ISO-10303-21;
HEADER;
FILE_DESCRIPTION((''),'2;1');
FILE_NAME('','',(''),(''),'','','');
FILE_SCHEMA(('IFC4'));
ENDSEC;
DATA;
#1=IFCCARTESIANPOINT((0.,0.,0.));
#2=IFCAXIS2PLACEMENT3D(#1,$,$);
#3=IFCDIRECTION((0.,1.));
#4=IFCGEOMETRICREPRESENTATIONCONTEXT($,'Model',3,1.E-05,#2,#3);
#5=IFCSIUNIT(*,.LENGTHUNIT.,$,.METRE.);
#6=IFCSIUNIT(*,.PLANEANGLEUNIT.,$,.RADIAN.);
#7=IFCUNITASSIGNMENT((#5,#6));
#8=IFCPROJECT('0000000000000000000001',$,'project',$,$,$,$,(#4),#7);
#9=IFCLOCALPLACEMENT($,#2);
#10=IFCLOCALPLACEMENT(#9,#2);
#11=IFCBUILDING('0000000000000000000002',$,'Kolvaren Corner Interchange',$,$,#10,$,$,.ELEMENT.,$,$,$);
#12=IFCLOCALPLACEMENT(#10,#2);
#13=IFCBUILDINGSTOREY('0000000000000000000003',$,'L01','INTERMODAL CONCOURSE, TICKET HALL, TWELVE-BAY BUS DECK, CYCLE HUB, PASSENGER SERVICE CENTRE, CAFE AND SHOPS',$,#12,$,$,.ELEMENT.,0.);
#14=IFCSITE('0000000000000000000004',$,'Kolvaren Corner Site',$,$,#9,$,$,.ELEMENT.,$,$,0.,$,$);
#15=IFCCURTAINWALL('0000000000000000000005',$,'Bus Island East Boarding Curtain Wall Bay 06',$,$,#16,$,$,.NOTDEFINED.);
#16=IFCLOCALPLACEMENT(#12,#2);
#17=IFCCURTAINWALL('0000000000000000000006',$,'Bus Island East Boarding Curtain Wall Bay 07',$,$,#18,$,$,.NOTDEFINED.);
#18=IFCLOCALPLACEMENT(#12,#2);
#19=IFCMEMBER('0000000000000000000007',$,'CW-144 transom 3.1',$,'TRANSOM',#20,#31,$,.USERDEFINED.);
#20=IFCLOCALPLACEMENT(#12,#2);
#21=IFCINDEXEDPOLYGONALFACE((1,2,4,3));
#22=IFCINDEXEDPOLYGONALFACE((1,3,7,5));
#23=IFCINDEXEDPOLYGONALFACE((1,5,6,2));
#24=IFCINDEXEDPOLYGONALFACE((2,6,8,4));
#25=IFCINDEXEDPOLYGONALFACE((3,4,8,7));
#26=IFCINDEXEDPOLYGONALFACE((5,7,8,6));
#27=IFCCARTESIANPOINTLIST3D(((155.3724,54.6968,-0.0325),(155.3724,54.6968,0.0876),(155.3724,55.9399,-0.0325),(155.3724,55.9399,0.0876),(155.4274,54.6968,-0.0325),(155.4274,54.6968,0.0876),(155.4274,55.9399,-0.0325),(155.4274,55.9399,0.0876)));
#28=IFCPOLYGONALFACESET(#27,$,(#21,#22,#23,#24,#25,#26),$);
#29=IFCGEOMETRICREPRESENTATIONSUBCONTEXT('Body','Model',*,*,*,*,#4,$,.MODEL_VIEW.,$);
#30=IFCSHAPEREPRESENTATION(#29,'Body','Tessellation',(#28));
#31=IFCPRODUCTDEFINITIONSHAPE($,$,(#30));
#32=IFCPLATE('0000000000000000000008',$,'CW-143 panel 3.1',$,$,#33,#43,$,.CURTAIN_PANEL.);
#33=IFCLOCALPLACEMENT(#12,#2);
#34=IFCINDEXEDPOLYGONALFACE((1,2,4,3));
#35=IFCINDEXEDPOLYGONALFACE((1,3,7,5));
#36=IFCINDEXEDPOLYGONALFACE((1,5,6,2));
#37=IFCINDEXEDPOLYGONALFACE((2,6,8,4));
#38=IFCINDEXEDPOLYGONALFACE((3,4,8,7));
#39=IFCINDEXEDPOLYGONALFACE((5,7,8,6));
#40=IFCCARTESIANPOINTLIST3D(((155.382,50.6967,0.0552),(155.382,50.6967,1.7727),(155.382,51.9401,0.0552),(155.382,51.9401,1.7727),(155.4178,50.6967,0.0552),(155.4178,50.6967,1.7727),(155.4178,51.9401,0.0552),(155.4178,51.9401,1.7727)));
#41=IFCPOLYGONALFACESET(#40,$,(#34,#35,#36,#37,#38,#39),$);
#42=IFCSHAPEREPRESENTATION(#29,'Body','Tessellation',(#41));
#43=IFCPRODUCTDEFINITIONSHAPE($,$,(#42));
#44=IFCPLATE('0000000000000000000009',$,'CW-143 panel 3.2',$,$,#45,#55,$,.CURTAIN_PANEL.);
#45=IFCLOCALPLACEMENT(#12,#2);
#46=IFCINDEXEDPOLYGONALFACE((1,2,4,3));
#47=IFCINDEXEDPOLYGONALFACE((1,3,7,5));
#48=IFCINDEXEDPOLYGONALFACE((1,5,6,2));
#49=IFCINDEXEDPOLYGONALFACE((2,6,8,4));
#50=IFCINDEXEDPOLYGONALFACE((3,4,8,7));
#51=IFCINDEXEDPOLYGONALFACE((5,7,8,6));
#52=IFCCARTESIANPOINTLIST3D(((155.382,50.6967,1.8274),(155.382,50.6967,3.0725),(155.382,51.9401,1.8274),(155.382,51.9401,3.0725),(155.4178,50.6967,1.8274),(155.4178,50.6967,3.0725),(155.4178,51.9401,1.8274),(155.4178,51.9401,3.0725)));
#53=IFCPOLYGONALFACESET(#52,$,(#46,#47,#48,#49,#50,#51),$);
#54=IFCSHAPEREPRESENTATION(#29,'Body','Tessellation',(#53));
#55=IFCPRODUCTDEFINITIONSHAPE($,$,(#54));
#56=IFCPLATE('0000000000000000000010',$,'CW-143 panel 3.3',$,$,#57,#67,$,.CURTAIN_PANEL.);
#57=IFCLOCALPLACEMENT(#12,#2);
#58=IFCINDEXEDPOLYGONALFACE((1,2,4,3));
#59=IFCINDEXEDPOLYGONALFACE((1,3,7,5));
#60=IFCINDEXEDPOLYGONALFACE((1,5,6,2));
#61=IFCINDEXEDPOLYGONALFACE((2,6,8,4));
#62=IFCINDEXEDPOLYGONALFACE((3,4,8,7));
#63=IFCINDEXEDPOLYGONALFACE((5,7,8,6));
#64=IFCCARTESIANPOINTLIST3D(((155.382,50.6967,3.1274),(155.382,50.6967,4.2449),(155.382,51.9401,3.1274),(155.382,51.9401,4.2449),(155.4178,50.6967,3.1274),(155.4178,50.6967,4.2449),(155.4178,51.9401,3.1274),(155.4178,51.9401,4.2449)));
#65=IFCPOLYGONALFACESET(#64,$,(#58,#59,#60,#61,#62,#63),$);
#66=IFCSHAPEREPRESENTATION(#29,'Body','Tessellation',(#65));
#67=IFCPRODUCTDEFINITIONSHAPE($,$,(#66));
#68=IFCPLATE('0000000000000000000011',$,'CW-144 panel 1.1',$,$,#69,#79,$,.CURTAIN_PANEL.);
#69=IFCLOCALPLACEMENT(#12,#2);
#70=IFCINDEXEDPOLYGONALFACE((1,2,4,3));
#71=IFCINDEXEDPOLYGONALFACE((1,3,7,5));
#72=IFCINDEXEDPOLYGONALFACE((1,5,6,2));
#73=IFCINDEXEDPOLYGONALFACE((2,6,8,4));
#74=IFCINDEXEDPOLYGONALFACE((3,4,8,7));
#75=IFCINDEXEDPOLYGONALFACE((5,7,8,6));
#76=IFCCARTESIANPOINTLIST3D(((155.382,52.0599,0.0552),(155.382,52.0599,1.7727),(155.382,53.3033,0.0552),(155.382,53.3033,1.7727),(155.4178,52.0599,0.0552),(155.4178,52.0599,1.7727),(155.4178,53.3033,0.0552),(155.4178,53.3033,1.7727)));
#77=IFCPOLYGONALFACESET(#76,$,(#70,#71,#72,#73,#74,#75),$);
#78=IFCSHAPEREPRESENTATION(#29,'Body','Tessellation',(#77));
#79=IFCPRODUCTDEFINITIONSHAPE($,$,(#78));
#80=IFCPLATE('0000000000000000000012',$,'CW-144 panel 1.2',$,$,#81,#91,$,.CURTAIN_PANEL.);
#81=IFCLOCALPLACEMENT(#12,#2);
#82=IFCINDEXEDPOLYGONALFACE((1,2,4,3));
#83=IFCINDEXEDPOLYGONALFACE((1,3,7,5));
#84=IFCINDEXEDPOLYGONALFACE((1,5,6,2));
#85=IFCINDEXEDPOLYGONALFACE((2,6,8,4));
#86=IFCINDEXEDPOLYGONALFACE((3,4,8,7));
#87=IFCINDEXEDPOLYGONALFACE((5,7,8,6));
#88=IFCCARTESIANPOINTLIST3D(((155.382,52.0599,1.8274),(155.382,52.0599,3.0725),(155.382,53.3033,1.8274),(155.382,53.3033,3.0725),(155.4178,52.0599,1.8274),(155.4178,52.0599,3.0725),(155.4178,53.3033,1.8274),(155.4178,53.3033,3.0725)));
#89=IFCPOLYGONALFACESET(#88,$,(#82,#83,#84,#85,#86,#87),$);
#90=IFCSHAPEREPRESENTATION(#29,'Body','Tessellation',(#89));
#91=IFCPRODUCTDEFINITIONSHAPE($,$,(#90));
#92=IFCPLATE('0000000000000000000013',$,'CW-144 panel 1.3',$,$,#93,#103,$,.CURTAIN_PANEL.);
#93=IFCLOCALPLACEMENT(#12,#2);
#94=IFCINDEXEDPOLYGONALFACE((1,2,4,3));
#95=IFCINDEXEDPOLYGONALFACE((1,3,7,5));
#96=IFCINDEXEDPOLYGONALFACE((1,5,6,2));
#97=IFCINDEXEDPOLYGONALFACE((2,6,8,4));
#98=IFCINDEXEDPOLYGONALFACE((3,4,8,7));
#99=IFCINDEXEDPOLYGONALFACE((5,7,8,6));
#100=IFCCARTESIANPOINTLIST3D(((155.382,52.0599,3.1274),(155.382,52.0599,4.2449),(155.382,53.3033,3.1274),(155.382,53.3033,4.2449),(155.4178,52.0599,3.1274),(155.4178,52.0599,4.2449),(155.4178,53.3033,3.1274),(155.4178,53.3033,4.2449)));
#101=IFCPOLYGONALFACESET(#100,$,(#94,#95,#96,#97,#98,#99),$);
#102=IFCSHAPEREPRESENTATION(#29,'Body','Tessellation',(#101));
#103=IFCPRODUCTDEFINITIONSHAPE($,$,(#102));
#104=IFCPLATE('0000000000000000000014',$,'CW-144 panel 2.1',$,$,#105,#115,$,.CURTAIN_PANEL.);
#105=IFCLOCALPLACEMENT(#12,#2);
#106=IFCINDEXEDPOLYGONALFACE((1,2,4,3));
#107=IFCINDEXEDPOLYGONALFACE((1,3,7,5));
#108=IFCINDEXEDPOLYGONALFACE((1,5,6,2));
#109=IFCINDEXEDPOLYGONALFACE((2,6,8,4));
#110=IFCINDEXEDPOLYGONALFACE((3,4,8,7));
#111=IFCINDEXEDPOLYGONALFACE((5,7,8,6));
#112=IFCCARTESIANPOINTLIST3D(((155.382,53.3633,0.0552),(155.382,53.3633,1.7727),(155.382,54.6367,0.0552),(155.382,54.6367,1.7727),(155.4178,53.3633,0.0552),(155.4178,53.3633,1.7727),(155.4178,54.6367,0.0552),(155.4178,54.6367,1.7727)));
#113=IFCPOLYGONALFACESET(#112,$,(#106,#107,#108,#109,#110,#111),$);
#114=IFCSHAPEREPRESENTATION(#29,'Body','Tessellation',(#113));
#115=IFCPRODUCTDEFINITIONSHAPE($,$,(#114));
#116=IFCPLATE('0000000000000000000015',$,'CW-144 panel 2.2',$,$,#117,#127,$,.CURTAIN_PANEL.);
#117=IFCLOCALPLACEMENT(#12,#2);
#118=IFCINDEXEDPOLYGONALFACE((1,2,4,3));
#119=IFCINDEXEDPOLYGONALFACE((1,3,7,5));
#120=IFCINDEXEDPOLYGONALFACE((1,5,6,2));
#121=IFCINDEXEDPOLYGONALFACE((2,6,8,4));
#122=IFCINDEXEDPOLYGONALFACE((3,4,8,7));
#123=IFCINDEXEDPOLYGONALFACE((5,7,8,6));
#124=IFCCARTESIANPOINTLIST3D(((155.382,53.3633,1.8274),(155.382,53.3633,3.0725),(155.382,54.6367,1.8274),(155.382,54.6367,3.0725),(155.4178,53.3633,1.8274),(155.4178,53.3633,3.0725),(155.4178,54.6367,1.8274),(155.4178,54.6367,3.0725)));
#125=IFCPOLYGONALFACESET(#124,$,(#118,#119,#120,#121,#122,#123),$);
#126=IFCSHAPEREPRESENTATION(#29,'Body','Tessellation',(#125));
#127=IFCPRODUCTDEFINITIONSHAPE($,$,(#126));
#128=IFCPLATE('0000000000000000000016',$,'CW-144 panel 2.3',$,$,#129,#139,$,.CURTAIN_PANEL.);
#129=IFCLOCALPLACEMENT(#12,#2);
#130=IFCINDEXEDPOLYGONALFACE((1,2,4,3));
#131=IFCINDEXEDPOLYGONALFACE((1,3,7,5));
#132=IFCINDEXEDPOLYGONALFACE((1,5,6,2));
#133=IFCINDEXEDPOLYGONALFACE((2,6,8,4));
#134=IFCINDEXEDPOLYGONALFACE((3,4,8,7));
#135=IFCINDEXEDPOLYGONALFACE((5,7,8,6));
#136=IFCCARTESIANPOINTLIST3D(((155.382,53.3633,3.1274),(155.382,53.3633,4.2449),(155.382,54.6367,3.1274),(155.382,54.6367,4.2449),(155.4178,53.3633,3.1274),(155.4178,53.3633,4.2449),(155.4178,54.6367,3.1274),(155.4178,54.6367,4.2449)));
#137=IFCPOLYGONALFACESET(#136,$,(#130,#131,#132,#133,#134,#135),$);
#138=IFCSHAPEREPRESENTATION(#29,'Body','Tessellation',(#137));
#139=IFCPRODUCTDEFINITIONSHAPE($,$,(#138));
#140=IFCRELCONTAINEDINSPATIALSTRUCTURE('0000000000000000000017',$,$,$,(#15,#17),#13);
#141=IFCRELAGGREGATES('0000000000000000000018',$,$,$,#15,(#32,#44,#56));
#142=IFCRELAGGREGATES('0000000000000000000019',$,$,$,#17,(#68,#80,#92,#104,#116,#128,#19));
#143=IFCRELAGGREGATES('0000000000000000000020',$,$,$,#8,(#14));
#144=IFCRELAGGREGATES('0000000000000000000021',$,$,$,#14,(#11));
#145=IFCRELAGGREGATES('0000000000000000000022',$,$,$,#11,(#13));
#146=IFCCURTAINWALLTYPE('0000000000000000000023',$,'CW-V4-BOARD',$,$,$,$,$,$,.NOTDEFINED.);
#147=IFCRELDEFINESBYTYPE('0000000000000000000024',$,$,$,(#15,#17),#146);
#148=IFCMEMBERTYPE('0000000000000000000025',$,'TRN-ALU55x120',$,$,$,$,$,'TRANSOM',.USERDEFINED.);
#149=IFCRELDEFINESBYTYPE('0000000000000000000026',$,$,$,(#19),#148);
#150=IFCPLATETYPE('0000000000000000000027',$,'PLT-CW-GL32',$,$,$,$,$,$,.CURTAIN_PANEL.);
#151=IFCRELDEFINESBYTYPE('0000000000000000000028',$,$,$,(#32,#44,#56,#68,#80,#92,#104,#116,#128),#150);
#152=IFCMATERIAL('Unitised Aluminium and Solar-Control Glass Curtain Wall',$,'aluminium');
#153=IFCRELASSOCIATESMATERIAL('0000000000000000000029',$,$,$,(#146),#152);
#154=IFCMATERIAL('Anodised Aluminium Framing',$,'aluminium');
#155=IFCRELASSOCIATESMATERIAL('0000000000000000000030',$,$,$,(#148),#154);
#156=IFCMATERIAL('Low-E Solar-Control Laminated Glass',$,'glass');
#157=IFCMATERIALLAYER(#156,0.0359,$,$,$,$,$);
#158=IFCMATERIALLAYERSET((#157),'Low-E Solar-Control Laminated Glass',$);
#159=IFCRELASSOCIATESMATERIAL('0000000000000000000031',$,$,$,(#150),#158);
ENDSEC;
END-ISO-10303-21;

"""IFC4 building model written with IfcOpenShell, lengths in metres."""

from ifc_helpers import new_model, si_unit, direction, frame, origin, origin_2d, place, context, subcontext, project, spatial, rectangle, extrude, material, layer, layer_set, material_profile, profile_set, type_object, element, aggregate, save


model = new_model("IFC4")

# Units and contexts
model_context = context("Model", 3, precision=1e-05, world=origin(), true_north=direction((0.0, 1.0)))
body_context = subcontext(model_context, "Body", "Model", "MODEL_VIEW")
ifc_project = project(units=[si_unit("LENGTHUNIT", "METRE"), si_unit("PLANEANGLEUNIT", "RADIAN")], contexts=[model_context])

# Site, building, storey
site_placement = place(None, origin())
site = spatial("IfcSite", under=ifc_project, at=site_placement, Name="Kolvaren Corner Site", CompositionType="ELEMENT", RefElevation=0.0)
building_placement = place(site_placement, origin())
building = spatial("IfcBuilding", under=site, at=building_placement, Name="Kolvaren Corner Interchange", CompositionType="ELEMENT")
storey_placement = place(building_placement, origin())
storey = spatial("IfcBuildingStorey", under=building, at=storey_placement, Name="L01", Description="INTERMODAL CONCOURSE, TICKET HALL, TWELVE-BAY BUS DECK, CYCLE HUB, PASSENGER SERVICE CENTRE, CAFE AND SHOPS", CompositionType="ELEMENT", Elevation=0.0)

# Curtain wall
ifc_material_1 = material(Name="Unitised Aluminium and Solar-Control Glass Curtain Wall", Category="aluminium")
curtain_wall_type = type_object("IfcCurtainWallType", Name="CW-V4-BOARD", PredefinedType="NOTDEFINED", material=ifc_material_1)
curtain_wall_1_placement = place(storey_placement, origin())
curtain_wall_1 = element("IfcCurtainWall", 1, at=curtain_wall_1_placement, inside=storey, type_object=curtain_wall_type, Name="Bus Island East Boarding Curtain Wall Bay 06", PredefinedType="NOTDEFINED")

# Curtain wall
curtain_wall_2_placement = place(storey_placement, origin())
curtain_wall_2 = element("IfcCurtainWall", 2, at=curtain_wall_2_placement, inside=storey, type_object=curtain_wall_type, Name="Bus Island East Boarding Curtain Wall Bay 07", PredefinedType="NOTDEFINED")

# Member
ifc_material_2 = material(Name="Anodised Aluminium Framing", Category="aluminium")
ifc_material_profile_1 = material_profile(ifc_material_2, rectangle(XDim=0.0549, YDim=0.1201, at=origin_2d()), Name="ALU 55x120")
ifc_profile_set_1 = profile_set([ifc_material_profile_1], Name="Anodised Aluminium Framing")
member_type_1 = type_object("IfcMemberType", Name="TRN-ALU55x120", ElementType="TRANSOM", PredefinedType="USERDEFINED", material=ifc_profile_set_1)
member_1_placement = place(storey_placement, frame((155.3999, 54.6968, 0.0276), z_axis=(0.0, 1.0, 0.0), x_axis=(-1.0, 0.0, 0.0)))
member_1 = element("IfcMember", 3, at=member_1_placement, type_object=member_type_1, Name="CW-144 transom 3.1", ObjectType="TRANSOM", PredefinedType="USERDEFINED", context=body_context, shape_type="SweptSolid", body=[
    extrude(rectangle(XDim=0.0549, YDim=0.1201, at=origin_2d()), origin(), (0.0, 0.0, 1.0), 1.2432),
])

# Plates
ifc_material_3 = material(Name="Low-E Solar-Control Laminated Glass", Category="glass")
ifc_layer = layer(ifc_material_3, 0.0359)
ifc_layer_set = layer_set([ifc_layer], Name="Low-E Solar-Control Laminated Glass")
plate_type = type_object("IfcPlateType", Name="PLT-CW-GL32", PredefinedType="CURTAIN_PANEL", material=ifc_layer_set)
plate_1_placement = place(storey_placement, frame((155.3999, 51.3184, 0.0552), z_axis=(0.0, 0.0, 1.0), x_axis=(0.0, 1.0, 0.0)))
plate_1 = element("IfcPlate", 4, at=plate_1_placement, type_object=plate_type, Name="CW-143 panel 3.1", PredefinedType="CURTAIN_PANEL", context=body_context, shape_type="SweptSolid", body=[
    extrude(rectangle(XDim=1.2434, YDim=0.0359, at=origin_2d()), origin(), (0.0, 0.0, 1.0), 1.7175),
])
plate_2_placement = place(storey_placement, frame((155.3999, 51.3184, 1.8274), z_axis=(0.0, 0.0, 1.0), x_axis=(0.0, 1.0, 0.0)))
plate_2 = element("IfcPlate", 5, at=plate_2_placement, type_object=plate_type, Name="CW-143 panel 3.2", PredefinedType="CURTAIN_PANEL", context=body_context, shape_type="SweptSolid", body=[
    extrude(rectangle(XDim=1.2434, YDim=0.0359, at=origin_2d()), origin(), (0.0, 0.0, 1.0), 1.2451),
])
plate_3_placement = place(storey_placement, frame((155.3999, 51.3184, 3.1274), z_axis=(0.0, 0.0, 1.0), x_axis=(0.0, 1.0, 0.0)))
plate_3 = element("IfcPlate", 6, at=plate_3_placement, type_object=plate_type, Name="CW-143 panel 3.3", PredefinedType="CURTAIN_PANEL", context=body_context, shape_type="SweptSolid", body=[
    extrude(rectangle(XDim=1.2434, YDim=0.0359, at=origin_2d()), origin(), (0.0, 0.0, 1.0), 1.1174),
])
aggregate(curtain_wall_1, [plate_1, plate_2, plate_3])
plate_4_placement = place(storey_placement, frame((155.3999, 52.6816, 0.0552), z_axis=(0.0, 0.0, 1.0), x_axis=(0.0, 1.0, 0.0)))
plate_4 = element("IfcPlate", 7, at=plate_4_placement, type_object=plate_type, Name="CW-144 panel 1.1", PredefinedType="CURTAIN_PANEL", context=body_context, shape_type="SweptSolid", body=[
    extrude(rectangle(XDim=1.2434, YDim=0.0359, at=origin_2d()), origin(), (0.0, 0.0, 1.0), 1.7175),
])
plate_5_placement = place(storey_placement, frame((155.3999, 52.6816, 1.8274), z_axis=(0.0, 0.0, 1.0), x_axis=(0.0, 1.0, 0.0)))
plate_5 = element("IfcPlate", 8, at=plate_5_placement, type_object=plate_type, Name="CW-144 panel 1.2", PredefinedType="CURTAIN_PANEL", context=body_context, shape_type="SweptSolid", body=[
    extrude(rectangle(XDim=1.2434, YDim=0.0359, at=origin_2d()), origin(), (0.0, 0.0, 1.0), 1.2451),
])
plate_6_placement = place(storey_placement, frame((155.3999, 52.6816, 3.1274), z_axis=(0.0, 0.0, 1.0), x_axis=(0.0, 1.0, 0.0)))
plate_6 = element("IfcPlate", 9, at=plate_6_placement, type_object=plate_type, Name="CW-144 panel 1.3", PredefinedType="CURTAIN_PANEL", context=body_context, shape_type="SweptSolid", body=[
    extrude(rectangle(XDim=1.2434, YDim=0.0359, at=origin_2d()), origin(), (0.0, 0.0, 1.0), 1.1174),
])
plate_7_placement = place(storey_placement, frame((155.3999, 54.0, 0.0552), z_axis=(0.0, 0.0, 1.0), x_axis=(0.0, 1.0, 0.0)))
plate_7 = element("IfcPlate", 10, at=plate_7_placement, type_object=plate_type, Name="CW-144 panel 2.1", PredefinedType="CURTAIN_PANEL", context=body_context, shape_type="SweptSolid", body=[
    extrude(rectangle(XDim=1.2734, YDim=0.0359, at=origin_2d()), origin(), (0.0, 0.0, 1.0), 1.7175),
])
plate_8_placement = place(storey_placement, frame((155.3999, 54.0, 1.8274), z_axis=(0.0, 0.0, 1.0), x_axis=(0.0, 1.0, 0.0)))
plate_8 = element("IfcPlate", 11, at=plate_8_placement, type_object=plate_type, Name="CW-144 panel 2.2", PredefinedType="CURTAIN_PANEL", context=body_context, shape_type="SweptSolid", body=[
    extrude(rectangle(XDim=1.2734, YDim=0.0359, at=origin_2d()), origin(), (0.0, 0.0, 1.0), 1.2451),
])
plate_9_placement = place(storey_placement, frame((155.3999, 54.0, 3.1274), z_axis=(0.0, 0.0, 1.0), x_axis=(0.0, 1.0, 0.0)))
plate_9 = element("IfcPlate", 12, at=plate_9_placement, type_object=plate_type, Name="CW-144 panel 2.3", PredefinedType="CURTAIN_PANEL", context=body_context, shape_type="SweptSolid", body=[
    extrude(rectangle(XDim=1.2734, YDim=0.0359, at=origin_2d()), origin(), (0.0, 0.0, 1.0), 1.1174),
])
aggregate(curtain_wall_2, [plate_4, plate_5, plate_6, plate_7, plate_8, plate_9, member_1])

save(model, "model.ifc")
